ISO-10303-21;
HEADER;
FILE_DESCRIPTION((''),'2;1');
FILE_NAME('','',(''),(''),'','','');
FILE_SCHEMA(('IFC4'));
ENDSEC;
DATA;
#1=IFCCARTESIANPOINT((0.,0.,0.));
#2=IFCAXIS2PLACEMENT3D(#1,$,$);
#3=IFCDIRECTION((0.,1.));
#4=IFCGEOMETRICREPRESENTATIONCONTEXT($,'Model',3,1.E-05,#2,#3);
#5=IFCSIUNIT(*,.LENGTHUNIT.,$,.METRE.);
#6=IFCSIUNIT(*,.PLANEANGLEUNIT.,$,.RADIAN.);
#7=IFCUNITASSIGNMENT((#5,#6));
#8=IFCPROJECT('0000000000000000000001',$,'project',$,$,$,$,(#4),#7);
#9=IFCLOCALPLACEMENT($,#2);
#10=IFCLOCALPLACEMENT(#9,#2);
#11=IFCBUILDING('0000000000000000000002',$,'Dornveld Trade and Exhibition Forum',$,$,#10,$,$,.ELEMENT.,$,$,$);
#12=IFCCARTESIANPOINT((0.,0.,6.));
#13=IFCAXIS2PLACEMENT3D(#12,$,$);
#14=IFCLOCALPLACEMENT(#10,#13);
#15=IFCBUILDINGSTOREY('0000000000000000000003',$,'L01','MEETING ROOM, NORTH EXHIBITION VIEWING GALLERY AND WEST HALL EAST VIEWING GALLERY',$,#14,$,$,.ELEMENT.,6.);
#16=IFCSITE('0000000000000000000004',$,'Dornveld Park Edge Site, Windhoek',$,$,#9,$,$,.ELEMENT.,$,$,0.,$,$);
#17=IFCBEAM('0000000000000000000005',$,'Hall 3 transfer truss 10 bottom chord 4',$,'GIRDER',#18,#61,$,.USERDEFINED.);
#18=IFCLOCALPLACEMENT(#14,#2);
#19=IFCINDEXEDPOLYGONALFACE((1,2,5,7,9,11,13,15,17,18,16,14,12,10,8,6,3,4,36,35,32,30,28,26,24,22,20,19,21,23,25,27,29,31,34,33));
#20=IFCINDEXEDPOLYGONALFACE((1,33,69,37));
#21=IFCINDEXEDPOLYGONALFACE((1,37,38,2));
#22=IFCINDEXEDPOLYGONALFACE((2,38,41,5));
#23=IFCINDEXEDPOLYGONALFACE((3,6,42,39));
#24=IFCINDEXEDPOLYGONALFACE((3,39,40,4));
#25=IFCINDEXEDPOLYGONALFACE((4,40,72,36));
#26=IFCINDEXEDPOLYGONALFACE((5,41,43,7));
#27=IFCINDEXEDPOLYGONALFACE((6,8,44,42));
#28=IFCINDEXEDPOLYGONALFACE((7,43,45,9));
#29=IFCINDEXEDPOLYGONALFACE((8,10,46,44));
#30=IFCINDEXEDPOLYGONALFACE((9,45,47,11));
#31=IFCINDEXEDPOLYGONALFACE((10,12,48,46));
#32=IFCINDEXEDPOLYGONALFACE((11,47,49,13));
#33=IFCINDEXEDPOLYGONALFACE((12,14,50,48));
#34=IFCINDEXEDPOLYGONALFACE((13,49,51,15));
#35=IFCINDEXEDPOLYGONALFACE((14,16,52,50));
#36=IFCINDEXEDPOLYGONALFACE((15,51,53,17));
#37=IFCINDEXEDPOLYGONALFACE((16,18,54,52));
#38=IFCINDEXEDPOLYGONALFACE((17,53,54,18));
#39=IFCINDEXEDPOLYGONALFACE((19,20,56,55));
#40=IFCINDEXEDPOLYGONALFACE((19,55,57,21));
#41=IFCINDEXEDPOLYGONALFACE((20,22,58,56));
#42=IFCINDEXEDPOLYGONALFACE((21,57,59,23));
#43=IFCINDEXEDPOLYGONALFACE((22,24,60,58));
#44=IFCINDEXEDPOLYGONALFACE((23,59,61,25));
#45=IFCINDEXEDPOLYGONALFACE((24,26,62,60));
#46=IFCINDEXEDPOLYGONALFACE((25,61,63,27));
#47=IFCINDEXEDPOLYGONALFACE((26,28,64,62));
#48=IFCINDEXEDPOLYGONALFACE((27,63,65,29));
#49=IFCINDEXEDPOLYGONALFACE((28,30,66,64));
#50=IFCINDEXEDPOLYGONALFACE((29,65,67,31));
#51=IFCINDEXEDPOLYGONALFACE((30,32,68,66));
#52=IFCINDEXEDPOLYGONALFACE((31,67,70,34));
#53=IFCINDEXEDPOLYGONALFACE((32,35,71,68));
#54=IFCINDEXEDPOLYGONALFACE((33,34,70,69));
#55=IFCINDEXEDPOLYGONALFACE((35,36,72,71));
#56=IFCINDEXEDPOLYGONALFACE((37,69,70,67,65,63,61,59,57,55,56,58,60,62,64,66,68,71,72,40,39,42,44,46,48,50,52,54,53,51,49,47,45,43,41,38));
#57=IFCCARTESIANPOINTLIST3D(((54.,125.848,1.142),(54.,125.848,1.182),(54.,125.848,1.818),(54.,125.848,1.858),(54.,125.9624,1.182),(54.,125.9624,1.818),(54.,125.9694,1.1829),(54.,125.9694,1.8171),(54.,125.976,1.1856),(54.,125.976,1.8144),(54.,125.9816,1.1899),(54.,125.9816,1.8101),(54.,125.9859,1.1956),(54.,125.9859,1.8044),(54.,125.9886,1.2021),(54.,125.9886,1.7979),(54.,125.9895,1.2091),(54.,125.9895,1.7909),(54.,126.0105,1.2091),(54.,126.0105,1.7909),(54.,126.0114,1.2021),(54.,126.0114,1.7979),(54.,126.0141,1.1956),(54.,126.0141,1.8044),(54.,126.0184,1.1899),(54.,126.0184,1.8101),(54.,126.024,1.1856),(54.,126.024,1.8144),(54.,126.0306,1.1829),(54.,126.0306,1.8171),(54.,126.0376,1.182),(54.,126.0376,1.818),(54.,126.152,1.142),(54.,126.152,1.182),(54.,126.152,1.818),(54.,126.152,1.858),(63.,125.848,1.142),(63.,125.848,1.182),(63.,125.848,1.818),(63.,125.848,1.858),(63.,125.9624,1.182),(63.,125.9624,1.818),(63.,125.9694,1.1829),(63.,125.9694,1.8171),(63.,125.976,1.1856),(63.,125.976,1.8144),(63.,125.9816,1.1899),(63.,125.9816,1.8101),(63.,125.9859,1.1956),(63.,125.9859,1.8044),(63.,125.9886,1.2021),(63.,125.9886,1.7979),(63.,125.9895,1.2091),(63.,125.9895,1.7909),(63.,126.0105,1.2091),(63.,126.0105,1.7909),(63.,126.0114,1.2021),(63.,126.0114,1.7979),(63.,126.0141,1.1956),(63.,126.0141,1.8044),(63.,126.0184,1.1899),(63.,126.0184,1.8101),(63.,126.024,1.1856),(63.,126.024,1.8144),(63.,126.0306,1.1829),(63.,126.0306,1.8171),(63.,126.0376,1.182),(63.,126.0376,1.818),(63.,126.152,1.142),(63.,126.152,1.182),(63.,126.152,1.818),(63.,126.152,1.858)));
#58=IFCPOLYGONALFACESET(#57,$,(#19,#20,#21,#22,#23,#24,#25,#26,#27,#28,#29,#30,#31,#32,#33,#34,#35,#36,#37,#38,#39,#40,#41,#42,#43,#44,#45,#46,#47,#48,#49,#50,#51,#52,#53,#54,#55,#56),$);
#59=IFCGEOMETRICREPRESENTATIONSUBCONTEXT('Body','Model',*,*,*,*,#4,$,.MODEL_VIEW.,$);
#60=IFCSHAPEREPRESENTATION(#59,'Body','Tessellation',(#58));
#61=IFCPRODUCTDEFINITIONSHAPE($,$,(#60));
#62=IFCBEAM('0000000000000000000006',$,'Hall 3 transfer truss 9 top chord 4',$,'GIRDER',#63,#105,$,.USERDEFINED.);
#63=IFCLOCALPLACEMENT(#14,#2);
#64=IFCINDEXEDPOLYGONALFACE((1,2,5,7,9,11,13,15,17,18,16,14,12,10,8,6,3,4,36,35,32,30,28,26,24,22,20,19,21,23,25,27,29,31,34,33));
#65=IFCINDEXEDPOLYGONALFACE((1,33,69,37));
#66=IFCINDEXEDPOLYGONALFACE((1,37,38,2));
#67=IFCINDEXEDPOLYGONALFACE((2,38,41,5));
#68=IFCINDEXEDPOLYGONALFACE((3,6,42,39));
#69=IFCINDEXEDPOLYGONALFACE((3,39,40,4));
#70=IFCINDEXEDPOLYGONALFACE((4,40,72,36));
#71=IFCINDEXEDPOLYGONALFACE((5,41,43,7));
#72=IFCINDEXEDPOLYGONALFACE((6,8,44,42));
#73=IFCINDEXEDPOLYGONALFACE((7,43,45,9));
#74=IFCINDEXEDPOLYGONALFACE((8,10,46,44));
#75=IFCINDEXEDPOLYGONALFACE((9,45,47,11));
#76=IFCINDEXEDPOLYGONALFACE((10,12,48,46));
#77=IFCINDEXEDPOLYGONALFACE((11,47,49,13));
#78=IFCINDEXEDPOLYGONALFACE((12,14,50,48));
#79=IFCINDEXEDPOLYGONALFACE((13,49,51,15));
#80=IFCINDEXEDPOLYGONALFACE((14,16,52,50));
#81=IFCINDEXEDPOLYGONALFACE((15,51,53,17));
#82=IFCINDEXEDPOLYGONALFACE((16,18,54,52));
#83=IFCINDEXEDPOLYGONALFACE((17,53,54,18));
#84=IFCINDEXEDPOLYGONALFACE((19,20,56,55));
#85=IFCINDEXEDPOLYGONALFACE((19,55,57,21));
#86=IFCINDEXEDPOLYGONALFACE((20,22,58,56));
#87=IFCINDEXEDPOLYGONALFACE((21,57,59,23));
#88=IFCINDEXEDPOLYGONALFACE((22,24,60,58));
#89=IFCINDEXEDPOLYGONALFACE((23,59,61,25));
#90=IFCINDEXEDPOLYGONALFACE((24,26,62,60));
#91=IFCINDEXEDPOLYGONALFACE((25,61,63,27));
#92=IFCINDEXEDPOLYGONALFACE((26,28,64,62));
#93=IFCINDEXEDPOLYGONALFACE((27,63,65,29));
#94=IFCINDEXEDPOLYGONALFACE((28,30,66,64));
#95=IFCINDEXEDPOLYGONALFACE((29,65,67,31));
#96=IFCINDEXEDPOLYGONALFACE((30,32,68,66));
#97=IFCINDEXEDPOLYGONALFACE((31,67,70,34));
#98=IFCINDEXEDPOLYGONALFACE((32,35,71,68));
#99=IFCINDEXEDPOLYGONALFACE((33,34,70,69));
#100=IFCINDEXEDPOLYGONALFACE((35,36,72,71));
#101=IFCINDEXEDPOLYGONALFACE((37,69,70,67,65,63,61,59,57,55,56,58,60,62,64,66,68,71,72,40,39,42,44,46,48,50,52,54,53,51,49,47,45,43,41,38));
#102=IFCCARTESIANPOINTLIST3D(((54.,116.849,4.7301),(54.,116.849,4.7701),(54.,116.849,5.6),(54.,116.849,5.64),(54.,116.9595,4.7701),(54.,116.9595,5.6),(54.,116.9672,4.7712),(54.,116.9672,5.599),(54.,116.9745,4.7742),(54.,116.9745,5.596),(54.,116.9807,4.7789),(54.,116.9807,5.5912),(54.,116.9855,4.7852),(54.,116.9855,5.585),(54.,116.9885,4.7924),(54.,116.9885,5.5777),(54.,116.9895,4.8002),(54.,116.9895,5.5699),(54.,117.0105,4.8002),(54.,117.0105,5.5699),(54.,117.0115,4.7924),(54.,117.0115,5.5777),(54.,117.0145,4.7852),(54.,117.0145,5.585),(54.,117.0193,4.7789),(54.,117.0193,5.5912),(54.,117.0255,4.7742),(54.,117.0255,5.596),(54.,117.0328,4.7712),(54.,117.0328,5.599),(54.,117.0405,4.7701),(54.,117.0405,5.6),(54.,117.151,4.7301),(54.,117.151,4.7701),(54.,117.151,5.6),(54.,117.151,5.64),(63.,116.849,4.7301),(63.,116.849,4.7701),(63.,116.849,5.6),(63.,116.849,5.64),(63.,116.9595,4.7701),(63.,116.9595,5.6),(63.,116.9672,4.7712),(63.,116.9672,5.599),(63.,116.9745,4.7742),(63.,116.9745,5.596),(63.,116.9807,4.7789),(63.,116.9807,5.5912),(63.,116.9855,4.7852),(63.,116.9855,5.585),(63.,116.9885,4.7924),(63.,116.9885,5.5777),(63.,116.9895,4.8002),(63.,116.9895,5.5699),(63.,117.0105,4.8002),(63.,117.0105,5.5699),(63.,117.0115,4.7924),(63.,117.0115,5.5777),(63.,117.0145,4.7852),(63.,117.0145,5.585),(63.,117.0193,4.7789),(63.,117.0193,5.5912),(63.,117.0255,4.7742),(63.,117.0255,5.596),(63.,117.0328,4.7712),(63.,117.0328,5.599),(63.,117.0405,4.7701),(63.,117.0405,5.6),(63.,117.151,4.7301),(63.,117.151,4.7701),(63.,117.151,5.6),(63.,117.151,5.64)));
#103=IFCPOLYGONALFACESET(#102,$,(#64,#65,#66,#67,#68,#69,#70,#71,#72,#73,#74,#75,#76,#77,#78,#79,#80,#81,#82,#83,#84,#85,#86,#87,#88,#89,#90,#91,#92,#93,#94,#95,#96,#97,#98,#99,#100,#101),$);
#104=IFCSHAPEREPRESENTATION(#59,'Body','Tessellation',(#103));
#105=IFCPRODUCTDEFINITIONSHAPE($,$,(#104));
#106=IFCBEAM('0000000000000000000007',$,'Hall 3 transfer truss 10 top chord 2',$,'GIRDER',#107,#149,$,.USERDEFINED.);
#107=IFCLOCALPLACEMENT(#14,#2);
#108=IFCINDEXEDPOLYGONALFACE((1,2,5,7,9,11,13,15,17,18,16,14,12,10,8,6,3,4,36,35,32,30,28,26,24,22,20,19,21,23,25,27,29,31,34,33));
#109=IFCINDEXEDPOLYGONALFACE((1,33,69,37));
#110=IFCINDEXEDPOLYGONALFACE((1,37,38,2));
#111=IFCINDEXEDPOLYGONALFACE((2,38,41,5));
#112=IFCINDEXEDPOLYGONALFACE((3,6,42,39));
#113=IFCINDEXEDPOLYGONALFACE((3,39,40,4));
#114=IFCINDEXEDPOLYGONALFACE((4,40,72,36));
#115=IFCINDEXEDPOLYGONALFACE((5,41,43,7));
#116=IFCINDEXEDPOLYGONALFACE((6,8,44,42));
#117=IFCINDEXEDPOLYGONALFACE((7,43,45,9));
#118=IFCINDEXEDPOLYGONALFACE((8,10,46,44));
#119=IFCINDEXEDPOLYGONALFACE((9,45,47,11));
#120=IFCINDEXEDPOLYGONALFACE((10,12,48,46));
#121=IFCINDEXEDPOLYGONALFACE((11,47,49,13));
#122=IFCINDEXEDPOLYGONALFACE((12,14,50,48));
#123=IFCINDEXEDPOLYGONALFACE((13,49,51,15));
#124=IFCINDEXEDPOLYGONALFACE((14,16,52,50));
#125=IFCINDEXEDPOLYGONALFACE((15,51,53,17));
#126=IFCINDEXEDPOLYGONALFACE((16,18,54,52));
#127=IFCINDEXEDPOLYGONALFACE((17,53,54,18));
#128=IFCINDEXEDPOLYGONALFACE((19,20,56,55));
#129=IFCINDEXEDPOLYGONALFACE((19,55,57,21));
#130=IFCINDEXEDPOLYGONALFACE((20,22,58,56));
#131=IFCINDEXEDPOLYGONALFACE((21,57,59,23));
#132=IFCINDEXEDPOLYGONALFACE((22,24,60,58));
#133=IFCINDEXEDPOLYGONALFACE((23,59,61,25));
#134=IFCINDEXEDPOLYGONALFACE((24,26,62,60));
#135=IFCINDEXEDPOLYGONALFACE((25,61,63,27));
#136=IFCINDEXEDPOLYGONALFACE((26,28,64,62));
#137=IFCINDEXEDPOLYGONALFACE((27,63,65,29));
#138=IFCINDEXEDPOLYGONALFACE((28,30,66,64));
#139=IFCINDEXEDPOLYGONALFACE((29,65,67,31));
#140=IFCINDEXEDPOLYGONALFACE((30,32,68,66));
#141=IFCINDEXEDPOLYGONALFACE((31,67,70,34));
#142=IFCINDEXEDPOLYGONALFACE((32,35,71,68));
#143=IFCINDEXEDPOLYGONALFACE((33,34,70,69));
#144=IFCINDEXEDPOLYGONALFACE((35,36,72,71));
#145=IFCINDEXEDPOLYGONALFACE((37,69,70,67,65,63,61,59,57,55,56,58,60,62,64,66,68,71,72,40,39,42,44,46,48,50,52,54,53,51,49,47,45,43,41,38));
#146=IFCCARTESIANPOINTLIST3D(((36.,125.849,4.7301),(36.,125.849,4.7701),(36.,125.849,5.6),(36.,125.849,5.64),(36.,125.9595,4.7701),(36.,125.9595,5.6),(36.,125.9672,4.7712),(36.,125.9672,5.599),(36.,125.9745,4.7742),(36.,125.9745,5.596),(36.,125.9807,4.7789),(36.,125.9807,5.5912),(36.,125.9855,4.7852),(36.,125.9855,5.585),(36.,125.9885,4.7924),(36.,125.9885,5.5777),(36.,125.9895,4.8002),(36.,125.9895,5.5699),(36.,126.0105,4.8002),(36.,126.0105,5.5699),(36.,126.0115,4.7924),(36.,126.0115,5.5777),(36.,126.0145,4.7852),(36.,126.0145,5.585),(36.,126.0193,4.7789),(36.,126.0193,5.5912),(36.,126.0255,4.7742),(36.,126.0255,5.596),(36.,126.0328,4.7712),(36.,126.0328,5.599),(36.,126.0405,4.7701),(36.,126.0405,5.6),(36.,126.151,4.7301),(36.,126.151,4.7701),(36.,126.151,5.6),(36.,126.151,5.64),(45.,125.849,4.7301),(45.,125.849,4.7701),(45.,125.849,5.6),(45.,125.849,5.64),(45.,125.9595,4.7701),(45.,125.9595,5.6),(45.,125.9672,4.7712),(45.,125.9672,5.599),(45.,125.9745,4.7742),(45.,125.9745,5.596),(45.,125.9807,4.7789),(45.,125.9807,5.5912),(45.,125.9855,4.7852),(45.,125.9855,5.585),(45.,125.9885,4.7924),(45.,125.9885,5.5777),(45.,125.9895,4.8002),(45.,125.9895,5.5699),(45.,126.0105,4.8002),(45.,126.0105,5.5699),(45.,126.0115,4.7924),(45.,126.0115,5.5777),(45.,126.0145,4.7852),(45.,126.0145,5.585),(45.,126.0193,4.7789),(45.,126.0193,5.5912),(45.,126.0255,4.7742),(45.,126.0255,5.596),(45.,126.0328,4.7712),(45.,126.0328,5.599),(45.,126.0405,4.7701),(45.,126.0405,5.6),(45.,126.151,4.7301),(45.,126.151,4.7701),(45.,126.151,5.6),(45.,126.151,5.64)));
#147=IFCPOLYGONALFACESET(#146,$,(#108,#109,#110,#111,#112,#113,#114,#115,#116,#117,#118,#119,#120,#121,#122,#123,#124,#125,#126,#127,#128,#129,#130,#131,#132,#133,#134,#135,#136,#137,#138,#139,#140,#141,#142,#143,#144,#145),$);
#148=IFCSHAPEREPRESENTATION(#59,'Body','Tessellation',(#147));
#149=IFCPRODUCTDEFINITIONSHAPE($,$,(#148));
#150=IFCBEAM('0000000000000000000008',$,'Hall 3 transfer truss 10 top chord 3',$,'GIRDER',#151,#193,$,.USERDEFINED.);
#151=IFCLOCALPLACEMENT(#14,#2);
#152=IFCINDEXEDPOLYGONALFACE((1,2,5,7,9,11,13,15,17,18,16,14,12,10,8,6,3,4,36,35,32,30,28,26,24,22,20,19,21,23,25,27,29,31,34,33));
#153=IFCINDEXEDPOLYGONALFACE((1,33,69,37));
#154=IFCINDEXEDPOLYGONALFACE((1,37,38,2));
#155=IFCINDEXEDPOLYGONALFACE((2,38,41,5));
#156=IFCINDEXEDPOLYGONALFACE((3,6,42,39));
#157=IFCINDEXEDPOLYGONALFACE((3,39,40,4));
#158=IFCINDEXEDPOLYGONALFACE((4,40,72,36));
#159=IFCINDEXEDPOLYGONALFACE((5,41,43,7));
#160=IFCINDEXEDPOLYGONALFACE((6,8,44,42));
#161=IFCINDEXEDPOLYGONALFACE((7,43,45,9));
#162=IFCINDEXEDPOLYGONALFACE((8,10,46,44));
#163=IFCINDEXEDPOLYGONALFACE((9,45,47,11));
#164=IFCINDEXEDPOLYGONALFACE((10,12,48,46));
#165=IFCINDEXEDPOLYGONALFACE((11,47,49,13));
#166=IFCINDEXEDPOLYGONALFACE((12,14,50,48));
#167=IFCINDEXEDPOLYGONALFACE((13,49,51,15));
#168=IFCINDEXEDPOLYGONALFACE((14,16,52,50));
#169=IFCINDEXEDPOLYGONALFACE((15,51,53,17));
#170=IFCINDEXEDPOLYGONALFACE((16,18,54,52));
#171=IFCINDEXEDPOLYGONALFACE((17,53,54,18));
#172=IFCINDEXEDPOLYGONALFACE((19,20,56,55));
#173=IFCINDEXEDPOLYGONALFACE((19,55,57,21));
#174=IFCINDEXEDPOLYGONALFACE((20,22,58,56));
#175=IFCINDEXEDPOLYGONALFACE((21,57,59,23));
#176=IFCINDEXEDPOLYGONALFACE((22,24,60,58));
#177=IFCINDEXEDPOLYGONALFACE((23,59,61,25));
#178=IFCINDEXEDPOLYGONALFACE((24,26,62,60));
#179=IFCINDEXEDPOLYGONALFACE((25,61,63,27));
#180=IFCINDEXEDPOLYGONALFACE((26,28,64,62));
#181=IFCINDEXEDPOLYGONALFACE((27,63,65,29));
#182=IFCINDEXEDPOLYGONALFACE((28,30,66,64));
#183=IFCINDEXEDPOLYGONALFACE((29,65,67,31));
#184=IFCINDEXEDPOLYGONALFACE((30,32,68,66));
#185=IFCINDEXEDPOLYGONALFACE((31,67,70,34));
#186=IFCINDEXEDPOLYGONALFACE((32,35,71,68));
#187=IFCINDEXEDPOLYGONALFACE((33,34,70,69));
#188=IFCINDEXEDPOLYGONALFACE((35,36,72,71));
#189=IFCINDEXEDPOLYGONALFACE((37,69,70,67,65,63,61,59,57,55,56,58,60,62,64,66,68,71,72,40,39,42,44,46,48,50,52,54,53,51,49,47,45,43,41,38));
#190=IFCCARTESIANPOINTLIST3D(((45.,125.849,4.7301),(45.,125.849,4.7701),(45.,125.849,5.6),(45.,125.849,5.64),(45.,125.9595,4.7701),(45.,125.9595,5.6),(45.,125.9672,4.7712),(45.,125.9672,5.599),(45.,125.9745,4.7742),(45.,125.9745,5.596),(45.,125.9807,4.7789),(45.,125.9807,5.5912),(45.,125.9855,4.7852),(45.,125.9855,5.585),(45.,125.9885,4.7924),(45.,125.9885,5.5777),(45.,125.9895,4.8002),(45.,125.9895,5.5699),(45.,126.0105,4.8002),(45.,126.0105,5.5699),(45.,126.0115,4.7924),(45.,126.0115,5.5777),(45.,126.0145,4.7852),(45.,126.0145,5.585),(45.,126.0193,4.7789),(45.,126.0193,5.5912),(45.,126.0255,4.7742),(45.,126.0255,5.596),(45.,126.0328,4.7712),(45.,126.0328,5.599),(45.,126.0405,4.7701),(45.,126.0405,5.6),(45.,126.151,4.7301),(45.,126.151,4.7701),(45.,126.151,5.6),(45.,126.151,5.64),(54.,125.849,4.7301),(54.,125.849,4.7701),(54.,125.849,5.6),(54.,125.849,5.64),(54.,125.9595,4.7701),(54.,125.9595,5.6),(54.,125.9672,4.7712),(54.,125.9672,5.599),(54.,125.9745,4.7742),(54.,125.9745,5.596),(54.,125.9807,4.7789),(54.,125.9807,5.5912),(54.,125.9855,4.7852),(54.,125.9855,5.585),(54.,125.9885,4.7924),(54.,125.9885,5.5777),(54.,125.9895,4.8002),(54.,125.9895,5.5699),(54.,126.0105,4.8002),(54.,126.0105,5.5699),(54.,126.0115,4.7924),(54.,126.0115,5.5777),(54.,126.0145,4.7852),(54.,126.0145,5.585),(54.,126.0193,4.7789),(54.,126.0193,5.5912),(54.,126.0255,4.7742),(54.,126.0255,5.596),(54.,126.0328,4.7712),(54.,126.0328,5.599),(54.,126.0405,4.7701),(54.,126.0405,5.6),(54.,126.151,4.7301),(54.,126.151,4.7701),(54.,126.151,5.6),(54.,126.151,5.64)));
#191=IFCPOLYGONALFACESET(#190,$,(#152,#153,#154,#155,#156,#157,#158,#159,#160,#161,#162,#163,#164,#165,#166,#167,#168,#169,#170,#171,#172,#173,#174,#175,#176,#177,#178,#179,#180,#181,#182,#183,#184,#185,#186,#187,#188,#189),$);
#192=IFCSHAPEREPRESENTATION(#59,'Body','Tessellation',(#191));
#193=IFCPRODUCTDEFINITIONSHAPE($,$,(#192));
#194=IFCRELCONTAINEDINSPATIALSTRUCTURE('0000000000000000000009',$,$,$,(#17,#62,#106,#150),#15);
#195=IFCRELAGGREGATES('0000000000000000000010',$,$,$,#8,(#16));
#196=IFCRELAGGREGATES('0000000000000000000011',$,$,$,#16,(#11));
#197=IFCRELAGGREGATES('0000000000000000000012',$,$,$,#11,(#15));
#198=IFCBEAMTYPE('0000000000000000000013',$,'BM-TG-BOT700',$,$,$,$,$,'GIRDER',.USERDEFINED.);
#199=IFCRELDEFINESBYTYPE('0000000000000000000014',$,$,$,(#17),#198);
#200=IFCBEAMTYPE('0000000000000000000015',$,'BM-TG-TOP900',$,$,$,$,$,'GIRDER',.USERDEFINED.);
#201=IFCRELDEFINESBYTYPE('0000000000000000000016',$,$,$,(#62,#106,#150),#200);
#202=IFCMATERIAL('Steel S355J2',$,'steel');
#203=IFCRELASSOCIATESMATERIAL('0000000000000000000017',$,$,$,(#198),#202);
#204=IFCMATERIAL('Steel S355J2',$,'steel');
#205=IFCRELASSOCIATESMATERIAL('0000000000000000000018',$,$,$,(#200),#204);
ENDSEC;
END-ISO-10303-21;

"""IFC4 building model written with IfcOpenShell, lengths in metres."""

from ifc_helpers import new_model, si_unit, direction, frame, origin, origin_2d, place, context, subcontext, project, spatial, i_section, extrude, material, material_profile, profile_set, type_object, element, save


model = new_model("IFC4")

# Units and contexts
model_context = context("Model", 3, precision=1e-05, world=origin(), true_north=direction((0.0, 1.0)))
body_context = subcontext(model_context, "Body", "Model", "MODEL_VIEW")
ifc_project = project(units=[si_unit("LENGTHUNIT", "METRE"), si_unit("PLANEANGLEUNIT", "RADIAN")], contexts=[model_context])

# Site, building, storey
site_placement = place(None, origin())
site = spatial("IfcSite", under=ifc_project, at=site_placement, Name="Dornveld Park Edge Site, Windhoek", CompositionType="ELEMENT", RefElevation=0.0)
building_placement = place(site_placement, origin())
building = spatial("IfcBuilding", under=site, at=building_placement, Name="Dornveld Trade and Exhibition Forum", CompositionType="ELEMENT")
storey_placement = place(building_placement, frame((0.0, 0.0, 6.0)))
storey = spatial("IfcBuildingStorey", under=building, at=storey_placement, Name="L01", Description="MEETING ROOM, NORTH EXHIBITION VIEWING GALLERY AND WEST HALL EAST VIEWING GALLERY", CompositionType="ELEMENT", Elevation=6.0)

# Beams
ifc_material_1 = material(Name="Steel S355J2", Category="steel")
ifc_material_profile_1 = material_profile(ifc_material_1, i_section(OverallWidth=0.304, OverallDepth=0.7161, WebThickness=0.021, FlangeThickness=0.04, FilletRadius=0.0271, at=origin_2d()), Name="HEM 700")
ifc_profile_set_1 = profile_set([ifc_material_profile_1], Name="Steel S355J2")
beam_type_1 = type_object("IfcBeamType", Name="BM-TG-BOT700", ElementType="GIRDER", PredefinedType="USERDEFINED", material=ifc_profile_set_1)
for number, where, z_axis, x_axis, name in (
    (1, (54.0, 126.0, 1.5), (1.0, 0.0, 0.0), (0.0, 1.0, 0.0), "Hall 3 transfer truss 10 bottom chord 4"),
):
    element("IfcBeam", number, at=place(storey_placement, frame(where, z_axis=z_axis, x_axis=x_axis)), inside=storey, type_object=beam_type_1, Name=name, ObjectType="GIRDER", PredefinedType="USERDEFINED", context=body_context, shape_type="SweptSolid", body=[
        extrude(i_section(OverallWidth=0.304, OverallDepth=0.7161, WebThickness=0.021, FlangeThickness=0.04, FilletRadius=0.0271, at=origin_2d()), origin(), (0.0, 0.0, 1.0), 9.0),
    ])
ifc_material_2 = material(Name="Steel S355J2", Category="steel")
ifc_material_profile_2 = material_profile(ifc_material_2, i_section(OverallWidth=0.302, OverallDepth=0.9099, WebThickness=0.021, FlangeThickness=0.04, FilletRadius=0.03, at=origin_2d()), Name="HEM 900")
ifc_profile_set_2 = profile_set([ifc_material_profile_2], Name="Steel S355J2")
beam_type_2 = type_object("IfcBeamType", Name="BM-TG-TOP900", ElementType="GIRDER", PredefinedType="USERDEFINED", material=ifc_profile_set_2)
for number, where, z_axis, x_axis, name in (
    (2, (54.0, 117.0, 5.1851), (1.0, 0.0, 0.0), (0.0, 1.0, 0.0), "Hall 3 transfer truss 9 top chord 4"),
    (3, (36.0, 126.0, 5.1851), (1.0, 0.0, 0.0), (0.0, 1.0, 0.0), "Hall 3 transfer truss 10 top chord 2"),
    (4, (45.0, 126.0, 5.1851), (1.0, 0.0, 0.0), (0.0, 1.0, 0.0), "Hall 3 transfer truss 10 top chord 3"),
):
    element("IfcBeam", number, at=place(storey_placement, frame(where, z_axis=z_axis, x_axis=x_axis)), inside=storey, type_object=beam_type_2, Name=name, ObjectType="GIRDER", PredefinedType="USERDEFINED", context=body_context, shape_type="SweptSolid", body=[
        extrude(i_section(OverallWidth=0.302, OverallDepth=0.9099, WebThickness=0.021, FlangeThickness=0.04, FilletRadius=0.03, at=origin_2d()), origin(), (0.0, 0.0, 1.0), 9.0),
    ])

save(model, "model.ifc")
